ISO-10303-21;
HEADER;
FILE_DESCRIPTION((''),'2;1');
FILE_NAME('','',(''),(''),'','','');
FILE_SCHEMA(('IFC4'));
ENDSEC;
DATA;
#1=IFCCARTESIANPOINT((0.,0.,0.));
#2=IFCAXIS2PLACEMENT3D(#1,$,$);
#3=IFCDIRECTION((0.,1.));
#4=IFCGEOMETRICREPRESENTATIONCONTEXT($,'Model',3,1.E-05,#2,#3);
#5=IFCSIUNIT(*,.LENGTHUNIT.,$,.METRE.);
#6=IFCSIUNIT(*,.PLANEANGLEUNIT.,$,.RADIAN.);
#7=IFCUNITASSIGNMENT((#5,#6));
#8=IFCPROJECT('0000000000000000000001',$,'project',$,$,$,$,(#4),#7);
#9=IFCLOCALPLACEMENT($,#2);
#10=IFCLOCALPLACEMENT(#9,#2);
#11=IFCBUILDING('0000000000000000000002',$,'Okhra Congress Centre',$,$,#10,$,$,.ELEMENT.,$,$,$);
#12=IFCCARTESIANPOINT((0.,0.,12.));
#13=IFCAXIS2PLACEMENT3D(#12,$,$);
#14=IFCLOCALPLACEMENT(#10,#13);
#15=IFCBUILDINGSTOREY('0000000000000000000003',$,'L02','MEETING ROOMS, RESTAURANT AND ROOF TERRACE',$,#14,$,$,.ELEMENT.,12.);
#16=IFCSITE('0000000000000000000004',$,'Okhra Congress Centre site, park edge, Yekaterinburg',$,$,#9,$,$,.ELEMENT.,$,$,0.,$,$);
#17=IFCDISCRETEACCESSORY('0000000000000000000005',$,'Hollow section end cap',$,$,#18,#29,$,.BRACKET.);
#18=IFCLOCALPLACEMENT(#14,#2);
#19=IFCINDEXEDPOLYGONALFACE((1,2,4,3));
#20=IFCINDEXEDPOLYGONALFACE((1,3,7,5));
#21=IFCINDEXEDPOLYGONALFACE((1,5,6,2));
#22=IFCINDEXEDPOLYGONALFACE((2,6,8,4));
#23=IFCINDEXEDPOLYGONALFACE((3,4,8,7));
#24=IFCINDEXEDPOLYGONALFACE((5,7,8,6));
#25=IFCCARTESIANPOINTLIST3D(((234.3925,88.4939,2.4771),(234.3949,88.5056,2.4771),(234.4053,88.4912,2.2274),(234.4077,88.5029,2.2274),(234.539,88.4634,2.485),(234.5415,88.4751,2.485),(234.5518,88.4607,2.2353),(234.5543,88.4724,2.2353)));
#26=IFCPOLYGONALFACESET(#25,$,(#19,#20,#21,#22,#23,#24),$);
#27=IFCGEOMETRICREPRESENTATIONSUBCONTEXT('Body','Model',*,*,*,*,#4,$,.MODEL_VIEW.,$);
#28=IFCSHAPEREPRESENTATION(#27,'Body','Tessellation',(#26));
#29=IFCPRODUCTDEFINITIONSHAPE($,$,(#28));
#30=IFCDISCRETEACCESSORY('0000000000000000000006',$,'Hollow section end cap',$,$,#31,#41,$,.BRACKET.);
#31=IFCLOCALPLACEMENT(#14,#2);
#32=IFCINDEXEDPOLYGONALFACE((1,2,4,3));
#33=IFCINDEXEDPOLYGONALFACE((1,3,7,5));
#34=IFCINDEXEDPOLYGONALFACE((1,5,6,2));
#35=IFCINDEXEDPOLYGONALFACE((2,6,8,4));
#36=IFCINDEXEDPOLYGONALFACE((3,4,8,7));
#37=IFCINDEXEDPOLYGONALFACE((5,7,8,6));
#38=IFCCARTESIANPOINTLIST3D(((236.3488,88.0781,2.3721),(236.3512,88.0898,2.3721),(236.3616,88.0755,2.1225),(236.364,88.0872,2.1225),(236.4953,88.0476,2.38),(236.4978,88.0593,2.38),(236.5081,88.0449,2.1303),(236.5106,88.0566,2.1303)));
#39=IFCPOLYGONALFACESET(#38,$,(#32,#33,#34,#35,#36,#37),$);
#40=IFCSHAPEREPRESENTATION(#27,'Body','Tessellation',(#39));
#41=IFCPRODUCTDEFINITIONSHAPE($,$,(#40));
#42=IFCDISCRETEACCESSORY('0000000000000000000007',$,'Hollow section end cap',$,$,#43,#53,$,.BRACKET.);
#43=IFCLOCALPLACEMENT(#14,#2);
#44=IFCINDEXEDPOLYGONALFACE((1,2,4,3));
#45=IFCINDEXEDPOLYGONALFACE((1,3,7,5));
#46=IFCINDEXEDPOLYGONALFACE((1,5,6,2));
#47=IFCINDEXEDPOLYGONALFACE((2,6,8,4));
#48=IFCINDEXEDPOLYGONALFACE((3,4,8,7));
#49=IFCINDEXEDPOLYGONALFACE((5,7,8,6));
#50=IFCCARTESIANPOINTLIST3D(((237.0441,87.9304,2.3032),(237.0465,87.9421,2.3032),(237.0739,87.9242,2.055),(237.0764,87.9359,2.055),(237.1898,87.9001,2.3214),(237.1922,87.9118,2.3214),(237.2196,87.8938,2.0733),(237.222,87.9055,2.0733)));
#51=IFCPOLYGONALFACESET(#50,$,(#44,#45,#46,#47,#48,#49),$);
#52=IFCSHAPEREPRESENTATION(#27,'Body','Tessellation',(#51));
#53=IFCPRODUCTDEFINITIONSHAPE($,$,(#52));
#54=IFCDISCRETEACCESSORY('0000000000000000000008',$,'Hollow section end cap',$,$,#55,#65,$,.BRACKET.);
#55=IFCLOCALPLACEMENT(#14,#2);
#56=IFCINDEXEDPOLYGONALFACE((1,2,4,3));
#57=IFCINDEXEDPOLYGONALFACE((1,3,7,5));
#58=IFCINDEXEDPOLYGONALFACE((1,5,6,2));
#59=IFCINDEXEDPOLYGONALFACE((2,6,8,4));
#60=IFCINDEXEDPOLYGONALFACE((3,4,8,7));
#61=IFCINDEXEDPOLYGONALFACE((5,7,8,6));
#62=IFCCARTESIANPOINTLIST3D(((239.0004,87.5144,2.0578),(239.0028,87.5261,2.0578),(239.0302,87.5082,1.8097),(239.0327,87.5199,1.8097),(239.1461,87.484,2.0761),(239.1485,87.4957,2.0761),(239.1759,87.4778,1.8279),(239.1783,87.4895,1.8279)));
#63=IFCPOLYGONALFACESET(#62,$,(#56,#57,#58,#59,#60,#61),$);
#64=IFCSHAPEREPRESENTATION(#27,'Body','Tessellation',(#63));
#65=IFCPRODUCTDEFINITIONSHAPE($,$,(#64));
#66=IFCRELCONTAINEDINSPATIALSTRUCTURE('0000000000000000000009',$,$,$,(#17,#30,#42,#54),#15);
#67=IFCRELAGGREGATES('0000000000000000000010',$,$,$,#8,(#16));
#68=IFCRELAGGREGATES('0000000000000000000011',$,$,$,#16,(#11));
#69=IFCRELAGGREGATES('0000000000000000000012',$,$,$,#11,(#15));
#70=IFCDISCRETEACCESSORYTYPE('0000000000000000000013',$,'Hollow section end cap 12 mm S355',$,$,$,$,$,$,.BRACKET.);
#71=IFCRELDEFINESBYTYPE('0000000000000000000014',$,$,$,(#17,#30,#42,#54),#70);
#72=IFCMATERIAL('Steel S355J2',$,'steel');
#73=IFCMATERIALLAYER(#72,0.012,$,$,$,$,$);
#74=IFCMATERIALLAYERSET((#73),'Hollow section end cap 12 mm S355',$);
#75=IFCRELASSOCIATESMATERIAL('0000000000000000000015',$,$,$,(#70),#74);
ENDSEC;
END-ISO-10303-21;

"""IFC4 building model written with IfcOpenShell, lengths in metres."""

from ifc_helpers import new_model, si_unit, direction, frame, origin, origin_2d, place, context, subcontext, project, spatial, rectangle, extrude, material, layer, layer_set, type_object, element, save


model = new_model("IFC4")

# Units and contexts
model_context = context("Model", 3, precision=1e-05, world=origin(), true_north=direction((0.0, 1.0)))
body_context = subcontext(model_context, "Body", "Model", "MODEL_VIEW")
ifc_project = project(units=[si_unit("LENGTHUNIT", "METRE"), si_unit("PLANEANGLEUNIT", "RADIAN")], contexts=[model_context])

# Site, building, storey
site_placement = place(None, origin())
site = spatial("IfcSite", under=ifc_project, at=site_placement, Name="Okhra Congress Centre site, park edge, Yekaterinburg", CompositionType="ELEMENT", RefElevation=0.0)
building_placement = place(site_placement, origin())
building = spatial("IfcBuilding", under=site, at=building_placement, Name="Okhra Congress Centre", CompositionType="ELEMENT")
storey_placement = place(building_placement, frame((0.0, 0.0, 12.0)))
storey = spatial("IfcBuildingStorey", under=building, at=storey_placement, Name="L02", Description="MEETING ROOMS, RESTAURANT AND ROOF TERRACE", CompositionType="ELEMENT", Elevation=12.0)

# Shared definitions
ifc_material_1 = material(Name="Steel S355J2", Category="steel")

# Discrete accessories
ifc_layer_1 = layer(ifc_material_1, 0.012)
ifc_layer_set_1 = layer_set([ifc_layer_1], Name="Hollow section end cap 12 mm S355")
discrete_accessory_type = type_object("IfcDiscreteAccessoryType", Name="Hollow section end cap 12 mm S355", PredefinedType="BRACKET", material=ifc_layer_set_1)
for number, where, z_axis, x_axis, name in (
    (1, (234.4746, 88.489, 2.3562), (-0.203954, -0.97898, 0.0), (0.977639, -0.203675, 0.052336), "Hollow section end cap"),
    (2, (236.4309, 88.0732, 2.2512), (-0.203954, -0.97898, 0.0), (0.977639, -0.203675, 0.052336), "Hollow section end cap"),
    (3, (237.1343, 87.9238, 2.1882), (-0.203954, -0.97898, 0.0), (0.971683, -0.202434, 0.121869), "Hollow section end cap"),
    (4, (239.0906, 87.5078, 1.9429), (-0.203954, -0.97898, 0.0), (0.971683, -0.202434, 0.121869), "Hollow section end cap"),
):
    element("IfcDiscreteAccessory", number, at=place(storey_placement, frame(where, z_axis=z_axis, x_axis=x_axis)), inside=storey, type_object=discrete_accessory_type, Name=name, PredefinedType="BRACKET", context=body_context, shape_type="SweptSolid", body=[
        extrude(rectangle(XDim=0.1499, YDim=0.25, at=origin_2d()), origin(), (0.0, 0.0, 1.0), 0.012),
    ])

save(model, "model.ifc")
